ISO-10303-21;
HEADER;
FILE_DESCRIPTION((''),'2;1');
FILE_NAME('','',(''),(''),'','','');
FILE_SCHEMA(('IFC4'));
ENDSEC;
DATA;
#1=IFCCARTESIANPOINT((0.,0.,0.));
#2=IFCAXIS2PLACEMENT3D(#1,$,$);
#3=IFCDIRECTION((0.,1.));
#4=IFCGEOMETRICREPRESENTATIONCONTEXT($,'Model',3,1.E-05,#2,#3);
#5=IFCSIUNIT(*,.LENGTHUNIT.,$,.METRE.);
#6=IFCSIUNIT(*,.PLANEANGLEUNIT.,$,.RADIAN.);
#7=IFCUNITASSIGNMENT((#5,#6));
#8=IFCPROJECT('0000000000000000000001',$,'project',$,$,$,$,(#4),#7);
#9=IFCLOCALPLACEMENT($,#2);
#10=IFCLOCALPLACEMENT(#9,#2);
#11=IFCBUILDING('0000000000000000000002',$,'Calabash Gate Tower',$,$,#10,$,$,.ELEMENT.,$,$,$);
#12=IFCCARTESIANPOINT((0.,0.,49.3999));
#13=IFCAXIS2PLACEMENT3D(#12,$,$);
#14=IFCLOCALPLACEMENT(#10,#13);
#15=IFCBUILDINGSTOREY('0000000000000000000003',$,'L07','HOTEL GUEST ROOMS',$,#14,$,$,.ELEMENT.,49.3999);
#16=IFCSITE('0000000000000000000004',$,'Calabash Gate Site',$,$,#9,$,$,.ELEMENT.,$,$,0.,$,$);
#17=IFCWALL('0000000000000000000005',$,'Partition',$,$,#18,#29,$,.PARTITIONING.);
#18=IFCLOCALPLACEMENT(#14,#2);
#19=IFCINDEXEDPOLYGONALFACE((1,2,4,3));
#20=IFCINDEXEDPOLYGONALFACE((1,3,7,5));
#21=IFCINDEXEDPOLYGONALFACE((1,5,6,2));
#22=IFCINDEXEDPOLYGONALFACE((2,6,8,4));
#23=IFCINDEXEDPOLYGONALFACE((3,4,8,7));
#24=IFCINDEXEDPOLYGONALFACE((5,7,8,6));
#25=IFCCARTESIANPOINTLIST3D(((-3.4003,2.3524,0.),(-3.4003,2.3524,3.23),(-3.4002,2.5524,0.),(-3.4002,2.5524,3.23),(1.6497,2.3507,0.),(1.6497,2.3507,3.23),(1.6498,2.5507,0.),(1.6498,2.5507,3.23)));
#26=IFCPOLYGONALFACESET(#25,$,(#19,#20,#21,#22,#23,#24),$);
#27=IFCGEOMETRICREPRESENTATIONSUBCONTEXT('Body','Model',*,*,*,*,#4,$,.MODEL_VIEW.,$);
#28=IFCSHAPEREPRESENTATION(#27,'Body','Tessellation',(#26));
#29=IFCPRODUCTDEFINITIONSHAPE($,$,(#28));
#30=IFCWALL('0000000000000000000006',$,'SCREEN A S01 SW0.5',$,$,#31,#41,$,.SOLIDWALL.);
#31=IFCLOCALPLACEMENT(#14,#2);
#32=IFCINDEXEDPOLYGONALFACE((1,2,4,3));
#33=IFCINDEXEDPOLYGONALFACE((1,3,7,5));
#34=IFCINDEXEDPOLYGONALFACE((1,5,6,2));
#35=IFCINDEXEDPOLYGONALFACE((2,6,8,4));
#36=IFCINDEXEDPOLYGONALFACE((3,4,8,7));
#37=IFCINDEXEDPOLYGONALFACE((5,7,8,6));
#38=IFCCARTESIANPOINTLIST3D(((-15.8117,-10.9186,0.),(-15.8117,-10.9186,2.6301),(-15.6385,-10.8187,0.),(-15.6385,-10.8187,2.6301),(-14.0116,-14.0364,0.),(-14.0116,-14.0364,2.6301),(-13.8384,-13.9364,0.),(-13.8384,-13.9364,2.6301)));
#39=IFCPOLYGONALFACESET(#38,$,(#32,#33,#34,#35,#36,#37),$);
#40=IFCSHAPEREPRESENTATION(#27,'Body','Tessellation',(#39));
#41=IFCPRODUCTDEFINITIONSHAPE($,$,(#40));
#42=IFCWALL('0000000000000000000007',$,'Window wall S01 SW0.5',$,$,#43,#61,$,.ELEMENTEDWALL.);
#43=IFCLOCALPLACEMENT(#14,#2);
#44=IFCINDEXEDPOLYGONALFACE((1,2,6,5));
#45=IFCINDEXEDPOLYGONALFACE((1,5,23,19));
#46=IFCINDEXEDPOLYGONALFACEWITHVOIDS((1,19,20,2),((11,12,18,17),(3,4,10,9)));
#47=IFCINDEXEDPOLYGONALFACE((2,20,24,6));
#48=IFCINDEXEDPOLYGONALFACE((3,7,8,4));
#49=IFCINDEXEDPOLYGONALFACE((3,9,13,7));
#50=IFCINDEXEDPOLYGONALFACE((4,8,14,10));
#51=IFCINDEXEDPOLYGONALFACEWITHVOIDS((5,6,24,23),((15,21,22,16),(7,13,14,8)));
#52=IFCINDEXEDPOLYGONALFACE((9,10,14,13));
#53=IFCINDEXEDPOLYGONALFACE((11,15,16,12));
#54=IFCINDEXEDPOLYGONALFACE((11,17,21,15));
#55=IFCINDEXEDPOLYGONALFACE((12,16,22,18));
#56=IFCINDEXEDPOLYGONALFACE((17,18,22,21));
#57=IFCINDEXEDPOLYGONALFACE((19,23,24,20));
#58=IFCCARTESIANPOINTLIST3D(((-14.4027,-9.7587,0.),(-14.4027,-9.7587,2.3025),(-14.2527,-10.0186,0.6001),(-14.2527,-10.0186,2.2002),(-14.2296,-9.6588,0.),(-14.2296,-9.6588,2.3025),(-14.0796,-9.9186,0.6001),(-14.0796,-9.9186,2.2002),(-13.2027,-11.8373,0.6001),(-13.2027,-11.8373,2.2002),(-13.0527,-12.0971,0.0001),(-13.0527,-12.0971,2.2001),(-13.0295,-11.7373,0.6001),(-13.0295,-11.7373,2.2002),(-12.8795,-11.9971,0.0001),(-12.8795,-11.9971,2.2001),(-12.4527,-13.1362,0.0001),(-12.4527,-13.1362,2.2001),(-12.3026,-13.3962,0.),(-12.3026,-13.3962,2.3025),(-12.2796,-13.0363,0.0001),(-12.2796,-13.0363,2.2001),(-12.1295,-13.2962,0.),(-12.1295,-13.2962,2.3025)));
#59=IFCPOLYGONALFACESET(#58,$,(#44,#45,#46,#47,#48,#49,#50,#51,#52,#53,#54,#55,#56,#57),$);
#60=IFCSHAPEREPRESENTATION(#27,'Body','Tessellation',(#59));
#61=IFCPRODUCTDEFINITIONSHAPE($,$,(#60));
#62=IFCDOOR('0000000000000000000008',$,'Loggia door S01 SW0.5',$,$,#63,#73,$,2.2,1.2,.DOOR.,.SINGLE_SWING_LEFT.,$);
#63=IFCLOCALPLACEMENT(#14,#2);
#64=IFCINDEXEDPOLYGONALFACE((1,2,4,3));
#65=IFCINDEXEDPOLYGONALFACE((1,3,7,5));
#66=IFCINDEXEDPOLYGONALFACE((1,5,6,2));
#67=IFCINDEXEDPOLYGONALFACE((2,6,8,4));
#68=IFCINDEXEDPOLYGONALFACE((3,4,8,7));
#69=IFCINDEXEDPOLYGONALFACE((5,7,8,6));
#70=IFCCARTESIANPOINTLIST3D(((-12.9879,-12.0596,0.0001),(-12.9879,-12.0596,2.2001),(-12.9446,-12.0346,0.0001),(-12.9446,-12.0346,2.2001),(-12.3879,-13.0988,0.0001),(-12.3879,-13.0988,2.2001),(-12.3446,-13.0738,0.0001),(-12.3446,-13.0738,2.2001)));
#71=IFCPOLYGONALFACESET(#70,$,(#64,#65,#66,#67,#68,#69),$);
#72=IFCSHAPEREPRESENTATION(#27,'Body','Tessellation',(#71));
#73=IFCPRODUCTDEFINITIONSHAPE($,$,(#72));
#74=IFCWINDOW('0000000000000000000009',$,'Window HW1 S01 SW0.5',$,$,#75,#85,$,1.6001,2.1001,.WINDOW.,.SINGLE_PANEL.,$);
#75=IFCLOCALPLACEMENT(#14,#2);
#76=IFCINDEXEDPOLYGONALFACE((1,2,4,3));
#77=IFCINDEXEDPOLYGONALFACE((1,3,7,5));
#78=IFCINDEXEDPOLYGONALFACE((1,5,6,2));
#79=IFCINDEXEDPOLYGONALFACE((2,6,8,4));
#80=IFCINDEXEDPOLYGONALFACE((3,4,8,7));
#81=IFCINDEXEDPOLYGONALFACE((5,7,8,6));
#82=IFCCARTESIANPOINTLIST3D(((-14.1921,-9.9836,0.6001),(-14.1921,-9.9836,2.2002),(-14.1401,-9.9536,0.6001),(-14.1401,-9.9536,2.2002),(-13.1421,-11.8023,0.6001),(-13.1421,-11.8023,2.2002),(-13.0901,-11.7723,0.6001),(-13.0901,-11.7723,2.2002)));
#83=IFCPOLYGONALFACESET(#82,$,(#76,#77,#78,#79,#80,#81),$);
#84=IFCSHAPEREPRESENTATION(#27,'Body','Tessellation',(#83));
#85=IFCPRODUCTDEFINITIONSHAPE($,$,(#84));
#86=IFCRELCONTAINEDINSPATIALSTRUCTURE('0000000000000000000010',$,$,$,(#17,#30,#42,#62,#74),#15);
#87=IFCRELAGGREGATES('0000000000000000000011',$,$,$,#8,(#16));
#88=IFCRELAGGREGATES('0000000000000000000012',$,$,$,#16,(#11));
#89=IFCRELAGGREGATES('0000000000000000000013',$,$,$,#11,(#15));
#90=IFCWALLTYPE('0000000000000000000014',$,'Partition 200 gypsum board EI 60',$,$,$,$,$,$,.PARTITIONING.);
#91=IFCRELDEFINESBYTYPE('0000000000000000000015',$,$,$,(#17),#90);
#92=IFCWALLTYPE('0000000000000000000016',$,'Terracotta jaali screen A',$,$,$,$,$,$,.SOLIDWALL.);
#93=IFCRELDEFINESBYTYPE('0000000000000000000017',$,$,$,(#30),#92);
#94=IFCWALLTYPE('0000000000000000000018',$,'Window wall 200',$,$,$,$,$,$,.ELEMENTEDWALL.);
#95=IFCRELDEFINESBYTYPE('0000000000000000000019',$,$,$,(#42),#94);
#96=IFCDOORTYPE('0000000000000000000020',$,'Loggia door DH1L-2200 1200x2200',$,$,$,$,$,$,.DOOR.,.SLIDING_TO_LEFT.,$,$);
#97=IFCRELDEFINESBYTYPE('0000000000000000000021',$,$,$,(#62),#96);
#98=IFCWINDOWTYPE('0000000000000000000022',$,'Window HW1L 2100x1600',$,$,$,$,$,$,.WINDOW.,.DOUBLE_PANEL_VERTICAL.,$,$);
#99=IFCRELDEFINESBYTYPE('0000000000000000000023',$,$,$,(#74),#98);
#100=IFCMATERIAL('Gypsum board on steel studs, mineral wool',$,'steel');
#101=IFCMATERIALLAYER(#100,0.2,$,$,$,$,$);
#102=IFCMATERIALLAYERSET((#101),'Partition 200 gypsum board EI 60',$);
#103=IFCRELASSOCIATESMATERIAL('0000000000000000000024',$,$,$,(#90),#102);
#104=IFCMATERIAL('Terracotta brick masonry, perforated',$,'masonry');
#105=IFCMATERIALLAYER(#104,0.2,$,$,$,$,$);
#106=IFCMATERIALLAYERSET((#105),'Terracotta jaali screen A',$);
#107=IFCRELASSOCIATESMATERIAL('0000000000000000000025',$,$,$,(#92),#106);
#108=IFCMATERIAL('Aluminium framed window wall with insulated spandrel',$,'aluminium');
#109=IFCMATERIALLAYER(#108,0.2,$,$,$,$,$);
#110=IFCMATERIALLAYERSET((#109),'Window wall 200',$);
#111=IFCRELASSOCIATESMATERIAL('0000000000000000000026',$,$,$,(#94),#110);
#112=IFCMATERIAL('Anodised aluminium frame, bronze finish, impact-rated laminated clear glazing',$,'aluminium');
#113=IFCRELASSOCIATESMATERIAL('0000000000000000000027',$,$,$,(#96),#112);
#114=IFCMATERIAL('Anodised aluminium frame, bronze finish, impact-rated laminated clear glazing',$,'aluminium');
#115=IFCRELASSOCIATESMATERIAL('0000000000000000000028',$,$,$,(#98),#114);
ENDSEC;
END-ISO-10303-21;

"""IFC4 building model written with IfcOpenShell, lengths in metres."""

from ifc_helpers import new_model, si_unit, direction, frame, frame_2d, origin, place, context, subcontext, project, spatial, rectangle, extrude, material, layer, layer_set, type_object, element, fill, save


model = new_model("IFC4")

# Units and contexts
model_context = context("Model", 3, precision=1e-05, world=origin(), true_north=direction((0.0, 1.0)))
body_context = subcontext(model_context, "Body", "Model", "MODEL_VIEW")
ifc_project = project(units=[si_unit("LENGTHUNIT", "METRE"), si_unit("PLANEANGLEUNIT", "RADIAN")], contexts=[model_context])

# Site, building, storey
site_placement = place(None, origin())
site = spatial("IfcSite", under=ifc_project, at=site_placement, Name="Calabash Gate Site", CompositionType="ELEMENT", RefElevation=0.0)
building_placement = place(site_placement, origin())
building = spatial("IfcBuilding", under=site, at=building_placement, Name="Calabash Gate Tower", CompositionType="ELEMENT")
storey_placement = place(building_placement, frame((0.0, 0.0, 49.3999)))
storey = spatial("IfcBuildingStorey", under=building, at=storey_placement, Name="L07", Description="HOTEL GUEST ROOMS", CompositionType="ELEMENT", Elevation=49.3999)

# Shared definitions
ifc_material_1 = material(Name="Gypsum board on steel studs, mineral wool", Category="steel")
ifc_layer_1 = layer(ifc_material_1, 0.2)
ifc_layer_set_1 = layer_set([ifc_layer_1], Name="Partition 200 gypsum board EI 60")
wall_type_1 = type_object("IfcWallType", Name="Partition 200 gypsum board EI 60", PredefinedType="PARTITIONING", material=ifc_layer_set_1)

# Walls
wall_1_placement = place(storey_placement, frame((-3.4001, 2.4524, 0.0), z_axis=(0.0, 0.0, 1.0), x_axis=(1.0, -0.000338, 0.0)))
element("IfcWall", 1, at=wall_1_placement, inside=storey, type_object=wall_type_1, Name="Partition", PredefinedType="PARTITIONING", context=body_context, shape_type="SweptSolid", body=[
    extrude(rectangle(XDim=5.05, YDim=0.2, at=frame_2d((2.5249, 0.0))), origin(), (0.0, 0.0, 1.0), 3.23),
])
ifc_material_2 = material(Name="Terracotta brick masonry, perforated", Category="masonry")
ifc_layer_2 = layer(ifc_material_2, 0.2)
ifc_layer_set_2 = layer_set([ifc_layer_2], Name="Terracotta jaali screen A")
wall_type_2 = type_object("IfcWallType", Name="Terracotta jaali screen A", PredefinedType="SOLIDWALL", material=ifc_layer_set_2)
wall_2_placement = place(storey_placement, frame((-15.7251, -10.8687, 0.0), z_axis=(0.0, 0.0, 1.0), x_axis=(0.500012, -0.866018, 0.0)))
element("IfcWall", 2, at=wall_2_placement, inside=storey, type_object=wall_type_2, Name="SCREEN A S01 SW0.5", PredefinedType="SOLIDWALL", context=body_context, shape_type="SweptSolid", body=[
    extrude(rectangle(XDim=3.6001, YDim=0.2, at=frame_2d((1.8, 0.0))), origin(), (0.0, 0.0, 1.0), 2.6301),
])

# Wall, openings, door, window
ifc_material_3 = material(Name="Aluminium framed window wall with insulated spandrel", Category="aluminium")
ifc_layer_3 = layer(ifc_material_3, 0.2)
ifc_layer_set_3 = layer_set([ifc_layer_3], Name="Window wall 200")
wall_type_3 = type_object("IfcWallType", Name="Window wall 200", PredefinedType="ELEMENTEDWALL", material=ifc_layer_set_3)
wall_3_placement = place(storey_placement, frame((-14.3162, -9.7087, 0.0), z_axis=(0.0, 0.0, 1.0), x_axis=(0.500003, -0.866024, 0.0)))
wall_3 = element("IfcWall", 3, at=wall_3_placement, inside=storey, type_object=wall_type_3, Name="Window wall S01 SW0.5", PredefinedType="ELEMENTEDWALL", context=body_context, shape_type="SweptSolid", body=[
    extrude(rectangle(XDim=4.2002, YDim=0.2, at=frame_2d((2.1001, 0.0))), origin(), (0.0, 0.0, 1.0), 2.3025),
])
opening_1_placement = place(wall_3_placement, frame((0.3, 0.0, 0.6001)))
opening_1 = element("IfcOpeningElement", 4, at=opening_1_placement, cuts=wall_3, PredefinedType="OPENING", context=body_context, shape_type="SweptSolid", body=[
    extrude(rectangle(XDim=2.1001, YDim=1.6001, at=frame_2d((1.05, 0.8))), frame((0.0, 0.1099, 0.0), z_axis=(0.0, -1.0, 0.0), x_axis=(1.0, 0.0, 0.0)), (0.0, 0.0, 1.0), 0.22),
])
opening_2_placement = place(wall_3_placement, frame((2.7, 0.0, 0.0)))
opening_2 = element("IfcOpeningElement", 5, at=opening_2_placement, cuts=wall_3, PredefinedType="OPENING", context=body_context, shape_type="SweptSolid", body=[
    extrude(rectangle(XDim=1.2, YDim=2.2, at=frame_2d((0.6001, 1.1001))), frame((0.0, 0.1099, 0.0), z_axis=(0.0, -1.0, 0.0), x_axis=(1.0, 0.0, 0.0)), (0.0, 0.0, 1.0), 0.22),
])
ifc_material_4 = material(Name="Anodised aluminium frame, bronze finish, impact-rated laminated clear glazing", Category="aluminium")
door_type_1 = type_object("IfcDoorType", Name="Loggia door DH1L-2200 1200x2200", OperationType="SLIDING_TO_LEFT", PredefinedType="DOOR", material=ifc_material_4)
door_1_placement = place(opening_2_placement, origin())
door_1 = element("IfcDoor", 6, at=door_1_placement, inside=storey, type_object=door_type_1, Name="Loggia door S01 SW0.5", OperationType="SINGLE_SWING_LEFT", OverallHeight=2.2, OverallWidth=1.2, PredefinedType="DOOR", context=body_context, shape_type="SweptSolid", body=[
    extrude(rectangle(XDim=1.2, YDim=2.2, at=frame_2d((0.6001, 1.1001))), frame((0.0, 0.0249, 0.0), z_axis=(0.0, -1.0, 0.0), x_axis=(1.0, 0.0, 0.0)), (0.0, 0.0, 1.0), 0.05),
])
fill(opening_2, door_1)
ifc_material_5 = material(Name="Anodised aluminium frame, bronze finish, impact-rated laminated clear glazing", Category="aluminium")
window_type = type_object("IfcWindowType", Name="Window HW1L 2100x1600", PartitioningType="DOUBLE_PANEL_VERTICAL", PredefinedType="WINDOW", material=ifc_material_5)
window_placement = place(opening_1_placement, origin())
window = element("IfcWindow", 7, at=window_placement, inside=storey, type_object=window_type, Name="Window HW1 S01 SW0.5", OverallHeight=1.6001, OverallWidth=2.1001, PartitioningType="SINGLE_PANEL", PredefinedType="WINDOW", context=body_context, shape_type="SweptSolid", body=[
    extrude(rectangle(XDim=2.1001, YDim=1.6001, at=frame_2d((1.05, 0.8))), frame((0.0, 0.03, 0.0), z_axis=(0.0, -1.0, 0.0), x_axis=(1.0, 0.0, 0.0)), (0.0, 0.0, 1.0), 0.0601),
])
fill(opening_1, window)

save(model, "model.ifc")
